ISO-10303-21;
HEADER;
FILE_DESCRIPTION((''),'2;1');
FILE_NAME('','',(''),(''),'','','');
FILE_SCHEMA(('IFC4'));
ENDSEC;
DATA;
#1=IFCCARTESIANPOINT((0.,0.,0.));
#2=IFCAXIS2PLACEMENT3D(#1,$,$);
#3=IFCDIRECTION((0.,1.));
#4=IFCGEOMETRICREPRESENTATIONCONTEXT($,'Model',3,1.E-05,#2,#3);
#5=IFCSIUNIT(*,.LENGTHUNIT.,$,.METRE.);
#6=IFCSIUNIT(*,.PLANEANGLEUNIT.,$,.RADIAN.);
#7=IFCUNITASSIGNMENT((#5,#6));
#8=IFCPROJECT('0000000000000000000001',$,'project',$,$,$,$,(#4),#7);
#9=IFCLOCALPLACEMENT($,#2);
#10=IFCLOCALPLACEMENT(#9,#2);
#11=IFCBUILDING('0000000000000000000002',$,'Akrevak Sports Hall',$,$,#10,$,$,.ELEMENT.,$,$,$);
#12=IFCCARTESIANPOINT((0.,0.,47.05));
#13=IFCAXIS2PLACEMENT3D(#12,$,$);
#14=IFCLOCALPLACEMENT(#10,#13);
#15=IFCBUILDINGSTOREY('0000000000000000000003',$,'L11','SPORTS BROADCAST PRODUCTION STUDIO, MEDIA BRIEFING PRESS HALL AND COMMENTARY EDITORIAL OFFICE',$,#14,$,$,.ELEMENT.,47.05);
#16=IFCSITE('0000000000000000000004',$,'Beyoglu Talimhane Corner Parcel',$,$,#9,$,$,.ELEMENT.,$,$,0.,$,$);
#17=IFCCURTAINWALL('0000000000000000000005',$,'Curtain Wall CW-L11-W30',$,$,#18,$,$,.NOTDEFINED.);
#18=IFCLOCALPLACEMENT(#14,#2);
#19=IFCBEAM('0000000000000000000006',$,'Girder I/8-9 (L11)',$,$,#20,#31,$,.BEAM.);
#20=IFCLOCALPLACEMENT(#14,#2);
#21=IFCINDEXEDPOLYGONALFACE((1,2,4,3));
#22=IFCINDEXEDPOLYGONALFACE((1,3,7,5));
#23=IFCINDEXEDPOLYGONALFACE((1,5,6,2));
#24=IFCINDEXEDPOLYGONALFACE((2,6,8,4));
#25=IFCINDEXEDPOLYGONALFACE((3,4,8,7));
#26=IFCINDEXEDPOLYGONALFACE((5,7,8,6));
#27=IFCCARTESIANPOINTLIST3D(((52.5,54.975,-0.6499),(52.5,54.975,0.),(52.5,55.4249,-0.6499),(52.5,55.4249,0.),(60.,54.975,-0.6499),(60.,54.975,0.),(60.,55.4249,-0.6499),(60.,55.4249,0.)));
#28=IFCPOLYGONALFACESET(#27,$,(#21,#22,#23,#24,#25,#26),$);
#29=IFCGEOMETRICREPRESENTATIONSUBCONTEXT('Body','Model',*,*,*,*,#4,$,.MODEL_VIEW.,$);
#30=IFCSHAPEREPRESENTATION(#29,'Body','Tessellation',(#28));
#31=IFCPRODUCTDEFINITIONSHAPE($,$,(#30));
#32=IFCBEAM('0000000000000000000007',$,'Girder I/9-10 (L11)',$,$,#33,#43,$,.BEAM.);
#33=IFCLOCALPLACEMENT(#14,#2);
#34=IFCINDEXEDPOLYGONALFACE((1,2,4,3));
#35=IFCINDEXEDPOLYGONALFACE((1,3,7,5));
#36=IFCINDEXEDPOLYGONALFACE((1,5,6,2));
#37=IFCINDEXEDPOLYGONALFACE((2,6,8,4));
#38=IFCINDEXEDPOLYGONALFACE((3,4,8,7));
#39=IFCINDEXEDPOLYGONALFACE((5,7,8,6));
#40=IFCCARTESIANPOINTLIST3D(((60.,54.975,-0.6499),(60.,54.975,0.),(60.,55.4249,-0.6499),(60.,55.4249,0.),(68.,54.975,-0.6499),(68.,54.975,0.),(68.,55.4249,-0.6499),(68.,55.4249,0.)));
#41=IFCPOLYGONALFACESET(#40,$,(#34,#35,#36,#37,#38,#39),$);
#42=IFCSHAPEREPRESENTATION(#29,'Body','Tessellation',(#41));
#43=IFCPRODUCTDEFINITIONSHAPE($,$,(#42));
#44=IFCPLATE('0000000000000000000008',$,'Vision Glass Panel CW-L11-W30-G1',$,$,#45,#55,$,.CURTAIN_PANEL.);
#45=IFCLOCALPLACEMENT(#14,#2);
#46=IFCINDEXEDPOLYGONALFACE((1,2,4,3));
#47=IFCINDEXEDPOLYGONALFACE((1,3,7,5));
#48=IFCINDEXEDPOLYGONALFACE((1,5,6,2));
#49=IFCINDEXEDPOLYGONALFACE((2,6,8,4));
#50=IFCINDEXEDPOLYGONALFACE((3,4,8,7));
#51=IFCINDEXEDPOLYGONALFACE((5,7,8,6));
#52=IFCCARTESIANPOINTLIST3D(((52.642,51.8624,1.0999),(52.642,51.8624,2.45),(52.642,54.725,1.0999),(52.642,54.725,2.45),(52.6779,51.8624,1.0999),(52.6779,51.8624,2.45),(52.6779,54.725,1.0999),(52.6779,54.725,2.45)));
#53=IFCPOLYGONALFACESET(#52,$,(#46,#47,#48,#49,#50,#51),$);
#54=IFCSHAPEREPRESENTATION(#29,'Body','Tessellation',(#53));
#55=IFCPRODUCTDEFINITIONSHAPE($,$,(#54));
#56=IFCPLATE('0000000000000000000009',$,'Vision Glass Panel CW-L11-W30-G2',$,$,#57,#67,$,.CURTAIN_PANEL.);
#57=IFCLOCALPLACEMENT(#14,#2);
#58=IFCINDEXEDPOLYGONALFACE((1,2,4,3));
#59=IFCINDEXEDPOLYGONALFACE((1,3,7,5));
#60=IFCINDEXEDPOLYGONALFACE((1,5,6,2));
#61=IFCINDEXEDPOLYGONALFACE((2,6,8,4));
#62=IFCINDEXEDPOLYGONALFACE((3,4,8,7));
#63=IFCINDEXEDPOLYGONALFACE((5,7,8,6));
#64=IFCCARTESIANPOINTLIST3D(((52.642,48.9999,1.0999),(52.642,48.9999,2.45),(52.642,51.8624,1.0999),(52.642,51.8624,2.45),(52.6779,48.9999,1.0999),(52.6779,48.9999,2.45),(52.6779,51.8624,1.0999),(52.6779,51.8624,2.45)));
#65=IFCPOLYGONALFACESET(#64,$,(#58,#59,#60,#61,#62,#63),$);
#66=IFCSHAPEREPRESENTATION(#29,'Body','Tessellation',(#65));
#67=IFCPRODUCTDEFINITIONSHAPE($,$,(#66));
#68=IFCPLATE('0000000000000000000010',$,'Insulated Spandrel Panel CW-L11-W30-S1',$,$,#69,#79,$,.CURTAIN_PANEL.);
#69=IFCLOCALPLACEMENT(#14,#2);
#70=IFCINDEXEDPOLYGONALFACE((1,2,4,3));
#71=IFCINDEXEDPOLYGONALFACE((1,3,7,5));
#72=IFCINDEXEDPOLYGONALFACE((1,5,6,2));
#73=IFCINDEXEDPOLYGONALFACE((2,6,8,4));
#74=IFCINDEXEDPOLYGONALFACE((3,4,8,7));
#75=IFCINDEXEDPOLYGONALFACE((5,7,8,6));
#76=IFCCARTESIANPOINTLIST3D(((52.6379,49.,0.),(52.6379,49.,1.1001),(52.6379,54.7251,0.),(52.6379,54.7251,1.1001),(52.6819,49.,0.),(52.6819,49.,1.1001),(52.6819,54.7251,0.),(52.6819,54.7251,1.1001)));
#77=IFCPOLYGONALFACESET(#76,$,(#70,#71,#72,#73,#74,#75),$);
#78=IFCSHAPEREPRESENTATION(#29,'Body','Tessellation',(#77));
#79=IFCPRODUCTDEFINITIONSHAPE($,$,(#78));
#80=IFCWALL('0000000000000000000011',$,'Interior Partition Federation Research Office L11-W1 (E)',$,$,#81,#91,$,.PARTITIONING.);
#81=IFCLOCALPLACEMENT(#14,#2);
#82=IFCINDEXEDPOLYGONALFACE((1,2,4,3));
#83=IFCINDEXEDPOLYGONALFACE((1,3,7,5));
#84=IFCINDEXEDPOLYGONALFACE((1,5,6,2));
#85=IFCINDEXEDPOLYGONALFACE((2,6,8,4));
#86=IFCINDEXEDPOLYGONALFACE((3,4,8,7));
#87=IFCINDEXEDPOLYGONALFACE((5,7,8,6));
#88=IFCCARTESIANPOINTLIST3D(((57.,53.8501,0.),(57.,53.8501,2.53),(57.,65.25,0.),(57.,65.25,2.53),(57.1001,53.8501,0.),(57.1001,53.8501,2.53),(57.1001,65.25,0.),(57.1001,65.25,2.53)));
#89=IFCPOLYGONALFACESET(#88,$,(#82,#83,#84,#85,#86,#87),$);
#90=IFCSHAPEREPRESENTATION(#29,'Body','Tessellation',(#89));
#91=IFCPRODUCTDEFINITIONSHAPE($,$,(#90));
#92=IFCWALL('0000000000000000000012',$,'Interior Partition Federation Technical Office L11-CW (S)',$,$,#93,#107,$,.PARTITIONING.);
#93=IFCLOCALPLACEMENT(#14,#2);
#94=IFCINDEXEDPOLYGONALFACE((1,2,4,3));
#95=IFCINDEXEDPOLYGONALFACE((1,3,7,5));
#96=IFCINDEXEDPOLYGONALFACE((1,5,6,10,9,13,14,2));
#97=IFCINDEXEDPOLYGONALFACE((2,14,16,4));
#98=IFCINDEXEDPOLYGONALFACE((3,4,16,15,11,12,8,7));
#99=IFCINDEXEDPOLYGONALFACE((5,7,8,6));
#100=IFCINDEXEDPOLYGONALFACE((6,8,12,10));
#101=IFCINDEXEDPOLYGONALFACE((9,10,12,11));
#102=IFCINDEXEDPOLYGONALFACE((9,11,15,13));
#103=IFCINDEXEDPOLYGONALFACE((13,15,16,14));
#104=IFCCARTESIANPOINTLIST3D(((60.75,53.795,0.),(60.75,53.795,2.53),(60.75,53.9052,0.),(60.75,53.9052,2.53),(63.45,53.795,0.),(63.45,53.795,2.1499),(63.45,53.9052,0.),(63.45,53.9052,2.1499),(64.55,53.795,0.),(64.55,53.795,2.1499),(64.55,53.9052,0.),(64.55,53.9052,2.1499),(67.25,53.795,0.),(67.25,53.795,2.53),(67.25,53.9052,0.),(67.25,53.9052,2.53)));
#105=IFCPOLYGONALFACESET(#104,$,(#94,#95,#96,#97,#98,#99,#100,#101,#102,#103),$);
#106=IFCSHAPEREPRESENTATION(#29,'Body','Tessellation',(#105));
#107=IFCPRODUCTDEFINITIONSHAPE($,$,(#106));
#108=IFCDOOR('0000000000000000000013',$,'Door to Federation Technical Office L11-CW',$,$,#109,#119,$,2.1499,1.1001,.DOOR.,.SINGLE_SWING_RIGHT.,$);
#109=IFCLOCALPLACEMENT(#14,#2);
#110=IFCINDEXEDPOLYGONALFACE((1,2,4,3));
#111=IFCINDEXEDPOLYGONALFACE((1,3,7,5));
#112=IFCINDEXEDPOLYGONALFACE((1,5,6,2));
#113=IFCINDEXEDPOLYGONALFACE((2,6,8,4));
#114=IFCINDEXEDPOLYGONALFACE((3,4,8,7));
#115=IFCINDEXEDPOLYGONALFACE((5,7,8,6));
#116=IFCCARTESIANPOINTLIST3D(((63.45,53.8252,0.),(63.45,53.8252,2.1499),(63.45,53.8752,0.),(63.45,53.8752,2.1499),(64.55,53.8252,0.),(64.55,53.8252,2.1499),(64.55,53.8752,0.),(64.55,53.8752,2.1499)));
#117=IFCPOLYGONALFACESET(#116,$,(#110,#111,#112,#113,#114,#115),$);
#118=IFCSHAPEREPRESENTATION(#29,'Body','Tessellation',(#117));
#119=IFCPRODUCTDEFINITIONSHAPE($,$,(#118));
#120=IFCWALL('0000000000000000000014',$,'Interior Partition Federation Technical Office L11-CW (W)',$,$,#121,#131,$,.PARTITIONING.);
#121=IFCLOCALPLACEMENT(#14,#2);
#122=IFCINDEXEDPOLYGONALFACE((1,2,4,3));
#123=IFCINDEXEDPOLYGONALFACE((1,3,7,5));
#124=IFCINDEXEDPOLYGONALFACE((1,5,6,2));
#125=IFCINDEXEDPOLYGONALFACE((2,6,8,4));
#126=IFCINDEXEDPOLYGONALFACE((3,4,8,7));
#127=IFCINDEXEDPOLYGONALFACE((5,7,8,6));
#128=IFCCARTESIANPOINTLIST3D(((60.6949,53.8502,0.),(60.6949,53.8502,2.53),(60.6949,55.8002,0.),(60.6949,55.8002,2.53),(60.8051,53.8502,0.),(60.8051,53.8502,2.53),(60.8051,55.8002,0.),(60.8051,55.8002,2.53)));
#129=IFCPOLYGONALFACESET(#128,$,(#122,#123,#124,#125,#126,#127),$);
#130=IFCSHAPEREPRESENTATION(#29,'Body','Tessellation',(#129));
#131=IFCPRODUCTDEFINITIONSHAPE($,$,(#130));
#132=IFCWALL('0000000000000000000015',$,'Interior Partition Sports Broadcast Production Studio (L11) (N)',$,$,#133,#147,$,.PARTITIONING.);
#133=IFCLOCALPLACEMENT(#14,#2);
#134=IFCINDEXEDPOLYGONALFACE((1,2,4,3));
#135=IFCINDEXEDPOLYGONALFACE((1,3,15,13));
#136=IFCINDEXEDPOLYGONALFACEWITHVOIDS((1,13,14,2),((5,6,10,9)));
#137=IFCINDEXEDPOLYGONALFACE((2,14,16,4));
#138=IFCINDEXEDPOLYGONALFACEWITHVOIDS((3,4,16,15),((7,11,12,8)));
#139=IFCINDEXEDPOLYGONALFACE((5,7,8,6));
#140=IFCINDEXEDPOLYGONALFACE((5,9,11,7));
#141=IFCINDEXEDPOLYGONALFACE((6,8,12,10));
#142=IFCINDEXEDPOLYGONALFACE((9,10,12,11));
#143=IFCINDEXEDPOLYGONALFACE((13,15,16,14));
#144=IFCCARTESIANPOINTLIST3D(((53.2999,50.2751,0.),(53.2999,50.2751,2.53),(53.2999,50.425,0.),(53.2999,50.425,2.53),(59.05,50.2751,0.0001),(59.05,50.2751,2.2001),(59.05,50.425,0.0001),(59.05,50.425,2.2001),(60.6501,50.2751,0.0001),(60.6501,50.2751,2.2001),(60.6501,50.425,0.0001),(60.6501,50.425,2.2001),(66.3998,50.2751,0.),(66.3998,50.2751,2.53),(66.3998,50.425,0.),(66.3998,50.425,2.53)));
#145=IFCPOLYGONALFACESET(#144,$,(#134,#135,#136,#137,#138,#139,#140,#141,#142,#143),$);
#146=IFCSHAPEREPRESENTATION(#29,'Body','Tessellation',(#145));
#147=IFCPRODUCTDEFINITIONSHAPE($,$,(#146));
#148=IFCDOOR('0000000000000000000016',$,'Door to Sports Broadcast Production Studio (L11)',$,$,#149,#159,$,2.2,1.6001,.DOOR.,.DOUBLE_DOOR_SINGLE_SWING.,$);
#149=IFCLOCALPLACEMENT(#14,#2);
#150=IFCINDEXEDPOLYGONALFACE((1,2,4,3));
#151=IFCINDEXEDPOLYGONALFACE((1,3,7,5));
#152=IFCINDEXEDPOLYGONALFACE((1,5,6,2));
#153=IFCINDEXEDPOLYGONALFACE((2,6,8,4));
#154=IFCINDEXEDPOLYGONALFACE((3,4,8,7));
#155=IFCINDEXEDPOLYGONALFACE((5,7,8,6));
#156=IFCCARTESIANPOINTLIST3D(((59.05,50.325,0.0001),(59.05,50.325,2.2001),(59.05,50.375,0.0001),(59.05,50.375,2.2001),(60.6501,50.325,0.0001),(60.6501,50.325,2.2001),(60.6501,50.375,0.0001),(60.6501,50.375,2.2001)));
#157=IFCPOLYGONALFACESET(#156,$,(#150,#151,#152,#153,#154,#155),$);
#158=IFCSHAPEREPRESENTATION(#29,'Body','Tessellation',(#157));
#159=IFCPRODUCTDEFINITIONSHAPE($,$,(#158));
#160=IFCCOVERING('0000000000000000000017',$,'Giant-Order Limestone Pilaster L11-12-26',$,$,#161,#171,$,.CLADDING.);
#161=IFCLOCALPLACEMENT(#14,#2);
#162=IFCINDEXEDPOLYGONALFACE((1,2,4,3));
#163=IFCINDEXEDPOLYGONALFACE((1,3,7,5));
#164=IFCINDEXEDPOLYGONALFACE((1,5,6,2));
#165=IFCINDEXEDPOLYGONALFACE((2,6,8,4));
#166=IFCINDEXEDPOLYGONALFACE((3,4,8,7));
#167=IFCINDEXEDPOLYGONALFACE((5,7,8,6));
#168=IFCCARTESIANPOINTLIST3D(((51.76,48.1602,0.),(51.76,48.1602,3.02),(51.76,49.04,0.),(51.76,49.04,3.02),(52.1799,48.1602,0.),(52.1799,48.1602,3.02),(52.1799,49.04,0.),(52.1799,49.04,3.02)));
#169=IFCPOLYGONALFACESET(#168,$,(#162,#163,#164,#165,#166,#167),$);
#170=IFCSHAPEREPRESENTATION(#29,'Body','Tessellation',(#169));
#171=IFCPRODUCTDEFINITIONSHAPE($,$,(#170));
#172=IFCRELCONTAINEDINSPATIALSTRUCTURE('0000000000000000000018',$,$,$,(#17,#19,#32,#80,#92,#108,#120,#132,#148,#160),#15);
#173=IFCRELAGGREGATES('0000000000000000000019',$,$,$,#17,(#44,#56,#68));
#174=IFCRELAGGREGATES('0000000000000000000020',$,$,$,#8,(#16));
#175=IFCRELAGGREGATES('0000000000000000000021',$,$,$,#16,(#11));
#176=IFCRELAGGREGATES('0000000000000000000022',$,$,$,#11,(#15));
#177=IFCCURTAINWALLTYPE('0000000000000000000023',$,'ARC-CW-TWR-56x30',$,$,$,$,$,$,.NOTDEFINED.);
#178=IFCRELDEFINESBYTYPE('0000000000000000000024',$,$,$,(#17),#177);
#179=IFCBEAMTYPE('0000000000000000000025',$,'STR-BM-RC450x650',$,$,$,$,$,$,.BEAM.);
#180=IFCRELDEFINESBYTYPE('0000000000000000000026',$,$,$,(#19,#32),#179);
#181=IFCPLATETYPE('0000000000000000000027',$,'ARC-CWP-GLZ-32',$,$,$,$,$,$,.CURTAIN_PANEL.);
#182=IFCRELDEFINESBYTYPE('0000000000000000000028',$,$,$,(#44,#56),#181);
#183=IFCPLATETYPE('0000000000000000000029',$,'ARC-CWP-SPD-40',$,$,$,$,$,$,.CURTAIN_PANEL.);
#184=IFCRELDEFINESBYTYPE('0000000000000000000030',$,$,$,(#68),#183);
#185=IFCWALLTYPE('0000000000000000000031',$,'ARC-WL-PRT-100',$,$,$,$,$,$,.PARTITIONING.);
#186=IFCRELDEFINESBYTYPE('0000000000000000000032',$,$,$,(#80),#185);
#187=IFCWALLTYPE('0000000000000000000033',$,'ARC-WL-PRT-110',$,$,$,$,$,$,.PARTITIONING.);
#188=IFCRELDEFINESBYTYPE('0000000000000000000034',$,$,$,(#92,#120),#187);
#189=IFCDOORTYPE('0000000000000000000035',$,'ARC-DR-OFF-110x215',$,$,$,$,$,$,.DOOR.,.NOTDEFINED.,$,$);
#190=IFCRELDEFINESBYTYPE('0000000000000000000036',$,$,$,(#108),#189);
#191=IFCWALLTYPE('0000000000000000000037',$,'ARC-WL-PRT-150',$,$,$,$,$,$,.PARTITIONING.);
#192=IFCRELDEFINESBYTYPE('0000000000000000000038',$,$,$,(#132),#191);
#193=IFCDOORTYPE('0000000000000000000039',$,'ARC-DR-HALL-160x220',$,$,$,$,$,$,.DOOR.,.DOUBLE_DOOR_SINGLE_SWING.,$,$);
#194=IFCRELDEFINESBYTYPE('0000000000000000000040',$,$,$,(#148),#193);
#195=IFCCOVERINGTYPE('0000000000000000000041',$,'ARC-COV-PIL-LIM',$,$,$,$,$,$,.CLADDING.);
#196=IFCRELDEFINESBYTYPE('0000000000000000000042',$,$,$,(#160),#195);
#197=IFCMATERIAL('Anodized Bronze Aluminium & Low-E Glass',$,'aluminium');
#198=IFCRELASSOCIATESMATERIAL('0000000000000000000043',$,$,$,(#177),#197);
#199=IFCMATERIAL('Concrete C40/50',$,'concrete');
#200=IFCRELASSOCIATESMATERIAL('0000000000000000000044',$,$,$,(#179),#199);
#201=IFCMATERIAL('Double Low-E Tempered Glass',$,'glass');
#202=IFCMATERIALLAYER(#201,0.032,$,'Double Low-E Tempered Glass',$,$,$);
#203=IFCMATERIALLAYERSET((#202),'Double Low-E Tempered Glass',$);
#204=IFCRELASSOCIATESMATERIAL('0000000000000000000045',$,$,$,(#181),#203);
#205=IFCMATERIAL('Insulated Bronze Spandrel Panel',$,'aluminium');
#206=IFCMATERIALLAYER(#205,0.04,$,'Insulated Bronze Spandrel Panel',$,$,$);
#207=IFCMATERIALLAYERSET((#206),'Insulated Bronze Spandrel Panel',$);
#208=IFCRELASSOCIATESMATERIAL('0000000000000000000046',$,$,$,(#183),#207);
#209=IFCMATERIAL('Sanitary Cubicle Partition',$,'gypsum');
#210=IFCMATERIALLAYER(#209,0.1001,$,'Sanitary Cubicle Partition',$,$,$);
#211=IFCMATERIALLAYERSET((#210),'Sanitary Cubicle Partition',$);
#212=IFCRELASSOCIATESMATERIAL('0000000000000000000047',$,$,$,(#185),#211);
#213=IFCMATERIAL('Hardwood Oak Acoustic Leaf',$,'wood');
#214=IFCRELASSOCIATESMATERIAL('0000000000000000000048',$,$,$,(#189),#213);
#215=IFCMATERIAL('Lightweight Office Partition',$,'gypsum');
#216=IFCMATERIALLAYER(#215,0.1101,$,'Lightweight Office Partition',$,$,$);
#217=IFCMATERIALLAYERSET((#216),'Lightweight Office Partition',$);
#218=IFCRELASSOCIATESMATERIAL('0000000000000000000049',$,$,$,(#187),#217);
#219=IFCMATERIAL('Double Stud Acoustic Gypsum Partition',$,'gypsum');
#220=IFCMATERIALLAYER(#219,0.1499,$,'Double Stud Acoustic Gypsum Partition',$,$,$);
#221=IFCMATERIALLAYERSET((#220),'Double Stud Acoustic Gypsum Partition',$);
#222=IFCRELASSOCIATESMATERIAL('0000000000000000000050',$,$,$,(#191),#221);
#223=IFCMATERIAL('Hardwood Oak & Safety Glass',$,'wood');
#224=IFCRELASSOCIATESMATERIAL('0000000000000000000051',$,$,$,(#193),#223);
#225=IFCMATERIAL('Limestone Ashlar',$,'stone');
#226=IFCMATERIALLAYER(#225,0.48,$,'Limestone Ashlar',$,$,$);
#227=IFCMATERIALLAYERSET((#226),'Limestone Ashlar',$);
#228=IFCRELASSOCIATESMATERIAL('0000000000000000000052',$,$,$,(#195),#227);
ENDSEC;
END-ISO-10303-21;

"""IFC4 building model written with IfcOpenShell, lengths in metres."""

from ifc_helpers import new_model, si_unit, direction, frame, frame_2d, origin, origin_2d, place, context, subcontext, project, spatial, rectangle, extrude, material, layer, layer_set, material_profile, profile_set, type_object, element, fill, aggregate, save


model = new_model("IFC4")

# Units and contexts
model_context = context("Model", 3, precision=1e-05, world=origin(), true_north=direction((0.0, 1.0)))
body_context = subcontext(model_context, "Body", "Model", "MODEL_VIEW")
ifc_project = project(units=[si_unit("LENGTHUNIT", "METRE"), si_unit("PLANEANGLEUNIT", "RADIAN")], contexts=[model_context])

# Site, building, storey
site_placement = place(None, origin())
site = spatial("IfcSite", under=ifc_project, at=site_placement, Name="Beyoglu Talimhane Corner Parcel", CompositionType="ELEMENT", RefElevation=0.0)
building_placement = place(site_placement, origin())
building = spatial("IfcBuilding", under=site, at=building_placement, Name="Akrevak Sports Hall", CompositionType="ELEMENT")
storey_placement = place(building_placement, frame((0.0, 0.0, 47.05)))
storey = spatial("IfcBuildingStorey", under=building, at=storey_placement, Name="L11", Description="SPORTS BROADCAST PRODUCTION STUDIO, MEDIA BRIEFING PRESS HALL AND COMMENTARY EDITORIAL OFFICE", CompositionType="ELEMENT", Elevation=47.05)

# Shared definitions
ifc_material_1 = material(Name="Concrete C40/50", Category="concrete")

# Curtain wall
ifc_material_2 = material(Name="Anodized Bronze Aluminium & Low-E Glass", Category="aluminium")
curtain_wall_type = type_object("IfcCurtainWallType", Name="ARC-CW-TWR-56x30", PredefinedType="NOTDEFINED", material=ifc_material_2)
curtain_wall_1_placement = place(storey_placement, origin())
curtain_wall_1 = element("IfcCurtainWall", 1, at=curtain_wall_1_placement, inside=storey, type_object=curtain_wall_type, Name="Curtain Wall CW-L11-W30", PredefinedType="NOTDEFINED")

# Beams
ifc_material_profile_1 = material_profile(ifc_material_1, rectangle(XDim=0.45, YDim=0.6499, at=origin_2d()), Name="BM 450x650", Category="concrete")
ifc_profile_set_1 = profile_set([ifc_material_profile_1], Name="Concrete C40/50")
beam_type_1 = type_object("IfcBeamType", Name="STR-BM-RC450x650", PredefinedType="BEAM", material=ifc_profile_set_1)
beam_1_placement = place(storey_placement, frame((52.5, 55.2, -0.325), z_axis=(1.0, 0.0, 0.0), x_axis=(0.0, 1.0, 0.0)))
element("IfcBeam", 2, at=beam_1_placement, inside=storey, type_object=beam_type_1, Name="Girder I/8-9 (L11)", PredefinedType="BEAM", context=body_context, shape_type="SweptSolid", body=[
    extrude(rectangle(XDim=0.45, YDim=0.6499, at=origin_2d()), origin(), (0.0, 0.0, 1.0), 7.5),
])
beam_2_placement = place(storey_placement, frame((60.0, 55.2, -0.325), z_axis=(1.0, 0.0, 0.0), x_axis=(0.0, 1.0, 0.0)))
element("IfcBeam", 3, at=beam_2_placement, inside=storey, type_object=beam_type_1, Name="Girder I/9-10 (L11)", PredefinedType="BEAM", context=body_context, shape_type="SweptSolid", body=[
    extrude(rectangle(XDim=0.45, YDim=0.6499, at=origin_2d()), origin(), (0.0, 0.0, 1.0), 8.0),
])

# Plates
ifc_material_3 = material(Name="Double Low-E Tempered Glass", Category="glass")
ifc_layer_1 = layer(ifc_material_3, 0.032, Name="Double Low-E Tempered Glass")
ifc_layer_set_1 = layer_set([ifc_layer_1], Name="Double Low-E Tempered Glass")
plate_type_1 = type_object("IfcPlateType", Name="ARC-CWP-GLZ-32", PredefinedType="CURTAIN_PANEL", material=ifc_layer_set_1)
plate_1_placement = place(storey_placement, frame((52.6599, 53.2937, 1.0999), z_axis=(0.0, 0.0, 1.0), x_axis=(0.0, -1.0, 0.0)))
plate_1 = element("IfcPlate", 4, at=plate_1_placement, type_object=plate_type_1, Name="Vision Glass Panel CW-L11-W30-G1", PredefinedType="CURTAIN_PANEL", context=body_context, shape_type="SweptSolid", body=[
    extrude(rectangle(XDim=2.8625, YDim=0.0359, at=origin_2d()), origin(), (0.0, 0.0, 1.0), 1.3501),
])
plate_2_placement = place(storey_placement, frame((52.6599, 50.4312, 1.0999), z_axis=(0.0, 0.0, 1.0), x_axis=(0.0, -1.0, 0.0)))
plate_2 = element("IfcPlate", 5, at=plate_2_placement, type_object=plate_type_1, Name="Vision Glass Panel CW-L11-W30-G2", PredefinedType="CURTAIN_PANEL", context=body_context, shape_type="SweptSolid", body=[
    extrude(rectangle(XDim=2.8625, YDim=0.0359, at=origin_2d()), origin(), (0.0, 0.0, 1.0), 1.3501),
])
ifc_material_4 = material(Name="Insulated Bronze Spandrel Panel", Category="aluminium")
ifc_layer_2 = layer(ifc_material_4, 0.04, Name="Insulated Bronze Spandrel Panel")
ifc_layer_set_2 = layer_set([ifc_layer_2], Name="Insulated Bronze Spandrel Panel")
plate_type_2 = type_object("IfcPlateType", Name="ARC-CWP-SPD-40", PredefinedType="CURTAIN_PANEL", material=ifc_layer_set_2)
plate_3_placement = place(storey_placement, frame((52.6599, 51.8625, 0.0), z_axis=(0.0, 0.0, 1.0), x_axis=(0.0, -1.0, 0.0)))
plate_3 = element("IfcPlate", 6, at=plate_3_placement, type_object=plate_type_2, Name="Insulated Spandrel Panel CW-L11-W30-S1", PredefinedType="CURTAIN_PANEL", context=body_context, shape_type="SweptSolid", body=[
    extrude(rectangle(XDim=5.7251, YDim=0.0439, at=origin_2d()), origin(), (0.0, 0.0, 1.0), 1.1001),
])
aggregate(curtain_wall_1, [plate_1, plate_2, plate_3])

# Shared definitions
ifc_material_5 = material(Name="Sanitary Cubicle Partition", Category="gypsum")
ifc_layer_3 = layer(ifc_material_5, 0.1001, Name="Sanitary Cubicle Partition")
ifc_layer_set_3 = layer_set([ifc_layer_3], Name="Sanitary Cubicle Partition")
wall_type_1 = type_object("IfcWallType", Name="ARC-WL-PRT-100", PredefinedType="PARTITIONING", material=ifc_layer_set_3)
ifc_material_6 = material(Name="Hardwood Oak Acoustic Leaf", Category="wood")
door_type_1 = type_object("IfcDoorType", Name="ARC-DR-OFF-110x215", OperationType="NOTDEFINED", PredefinedType="DOOR", material=ifc_material_6)

# Wall
wall_1_placement = place(storey_placement, frame((57.05, 53.8501, 0.0), z_axis=(0.0, 0.0, 1.0), x_axis=(0.0, 1.0, 0.0)))
element("IfcWall", 7, at=wall_1_placement, inside=storey, type_object=wall_type_1, Name="Interior Partition Federation Research Office L11-W1 (E)", PredefinedType="PARTITIONING", context=body_context, shape_type="SweptSolid", body=[
    extrude(rectangle(XDim=11.3999, YDim=0.1001, at=frame_2d((5.7, 0.0))), origin(), (0.0, 0.0, 1.0), 2.53),
])

# Wall, opening, door
ifc_material_7 = material(Name="Lightweight Office Partition", Category="gypsum")
ifc_layer_4 = layer(ifc_material_7, 0.1101, Name="Lightweight Office Partition")
ifc_layer_set_4 = layer_set([ifc_layer_4], Name="Lightweight Office Partition")
wall_type_2 = type_object("IfcWallType", Name="ARC-WL-PRT-110", PredefinedType="PARTITIONING", material=ifc_layer_set_4)
wall_2_placement = place(storey_placement, frame((60.75, 53.8501, 0.0), z_axis=(0.0, 0.0, 1.0), x_axis=(1.0, 0.0, 0.0)))
wall_2 = element("IfcWall", 8, at=wall_2_placement, inside=storey, type_object=wall_type_2, Name="Interior Partition Federation Technical Office L11-CW (S)", PredefinedType="PARTITIONING", context=body_context, shape_type="SweptSolid", body=[
    extrude(rectangle(XDim=6.5, YDim=0.1101, at=frame_2d((3.25, 0.0))), origin(), (0.0, 0.0, 1.0), 2.53),
])
opening_1_placement = place(wall_2_placement, frame((2.7, 0.0, 0.0)))
opening_1 = element("IfcOpeningElement", 9, at=opening_1_placement, cuts=wall_2, PredefinedType="OPENING", context=body_context, shape_type="SweptSolid", body=[
    extrude(rectangle(XDim=1.1001, YDim=2.1499, at=frame_2d((0.55, 1.075))), frame((0.0, 0.0669, 0.0), z_axis=(0.0, -1.0, 0.0), x_axis=(1.0, 0.0, 0.0)), (0.0, 0.0, 1.0), 0.134),
])
door_1_placement = place(opening_1_placement, frame((1.1001, 0.0, 0.0), z_axis=(0.0, 0.0, 1.0), x_axis=(-1.0, 0.0, 0.0)))
door_1 = element("IfcDoor", 10, at=door_1_placement, inside=storey, type_object=door_type_1, Name="Door to Federation Technical Office L11-CW", OperationType="SINGLE_SWING_RIGHT", OverallHeight=2.1499, OverallWidth=1.1001, PredefinedType="DOOR", context=body_context, shape_type="SweptSolid", body=[
    extrude(rectangle(XDim=1.1001, YDim=2.1499, at=frame_2d((0.55, 1.075))), frame((0.0, 0.0249, 0.0), z_axis=(0.0, -1.0, 0.0), x_axis=(1.0, 0.0, 0.0)), (0.0, 0.0, 1.0), 0.05),
])
fill(opening_1, door_1)

# Wall
wall_3_placement = place(storey_placement, frame((60.75, 53.8501, 0.0), z_axis=(0.0, 0.0, 1.0), x_axis=(0.0, 1.0, 0.0)))
element("IfcWall", 11, at=wall_3_placement, inside=storey, type_object=wall_type_2, Name="Interior Partition Federation Technical Office L11-CW (W)", PredefinedType="PARTITIONING", context=body_context, shape_type="SweptSolid", body=[
    extrude(rectangle(XDim=1.95, YDim=0.1101, at=frame_2d((0.9751, 0.0))), origin(), (0.0, 0.0, 1.0), 2.53),
])

# Wall, opening, door
ifc_material_8 = material(Name="Double Stud Acoustic Gypsum Partition", Category="gypsum")
ifc_layer_5 = layer(ifc_material_8, 0.1499, Name="Double Stud Acoustic Gypsum Partition")
ifc_layer_set_5 = layer_set([ifc_layer_5], Name="Double Stud Acoustic Gypsum Partition")
wall_type_3 = type_object("IfcWallType", Name="ARC-WL-PRT-150", PredefinedType="PARTITIONING", material=ifc_layer_set_5)
wall_4_placement = place(storey_placement, frame((53.3, 50.3501, 0.0), z_axis=(0.0, 0.0, 1.0), x_axis=(1.0, 0.0, 0.0)))
wall_4 = element("IfcWall", 12, at=wall_4_placement, inside=storey, type_object=wall_type_3, Name="Interior Partition Sports Broadcast Production Studio (L11) (N)", PredefinedType="PARTITIONING", context=body_context, shape_type="SweptSolid", body=[
    extrude(rectangle(XDim=13.0999, YDim=0.1499, at=frame_2d((6.5498, 0.0))), origin(), (0.0, 0.0, 1.0), 2.53),
])
opening_2_placement = place(wall_4_placement, frame((5.75, 0.0, 0.0)))
opening_2 = element("IfcOpeningElement", 13, at=opening_2_placement, cuts=wall_4, PredefinedType="OPENING", context=body_context, shape_type="SweptSolid", body=[
    extrude(rectangle(XDim=1.6001, YDim=2.2, at=frame_2d((0.8, 1.1001))), frame((0.0, 0.0869, 0.0), z_axis=(0.0, -1.0, 0.0), x_axis=(1.0, 0.0, 0.0)), (0.0, 0.0, 1.0), 0.1738),
])
ifc_material_9 = material(Name="Hardwood Oak & Safety Glass", Category="wood")
door_type_2 = type_object("IfcDoorType", Name="ARC-DR-HALL-160x220", OperationType="DOUBLE_DOOR_SINGLE_SWING", PredefinedType="DOOR", material=ifc_material_9)
door_2_placement = place(opening_2_placement, origin())
door_2 = element("IfcDoor", 14, at=door_2_placement, inside=storey, type_object=door_type_2, Name="Door to Sports Broadcast Production Studio (L11)", OperationType="DOUBLE_DOOR_SINGLE_SWING", OverallHeight=2.2, OverallWidth=1.6001, PredefinedType="DOOR", context=body_context, shape_type="SweptSolid", body=[
    extrude(rectangle(XDim=1.6001, YDim=2.2, at=frame_2d((0.8, 1.1001))), frame((0.0, 0.0249, 0.0), z_axis=(0.0, -1.0, 0.0), x_axis=(1.0, 0.0, 0.0)), (0.0, 0.0, 1.0), 0.05),
])
fill(opening_2, door_2)

# Covering
ifc_material_10 = material(Name="Limestone Ashlar", Category="stone")
ifc_layer_6 = layer(ifc_material_10, 0.48, Name="Limestone Ashlar")
ifc_layer_set_6 = layer_set([ifc_layer_6], Name="Limestone Ashlar")
covering_type = type_object("IfcCoveringType", Name="ARC-COV-PIL-LIM", PredefinedType="CLADDING", material=ifc_layer_set_6)
for number, where, z_axis, x_axis, name in (
    (15, (51.97, 48.6001, 0.0), (0.0, 0.0, 1.0), (0.0, -1.0, 0.0), "Giant-Order Limestone Pilaster L11-12-26"),
):
    element("IfcCovering", number, at=place(storey_placement, frame(where, z_axis=z_axis, x_axis=x_axis)), inside=storey, type_object=covering_type, Name=name, PredefinedType="CLADDING", context=body_context, shape_type="SweptSolid", body=[
        extrude(rectangle(XDim=0.8799, YDim=0.4199, at=origin_2d()), origin(), (0.0, 0.0, 1.0), 3.02),
    ])

save(model, "model.ifc")
